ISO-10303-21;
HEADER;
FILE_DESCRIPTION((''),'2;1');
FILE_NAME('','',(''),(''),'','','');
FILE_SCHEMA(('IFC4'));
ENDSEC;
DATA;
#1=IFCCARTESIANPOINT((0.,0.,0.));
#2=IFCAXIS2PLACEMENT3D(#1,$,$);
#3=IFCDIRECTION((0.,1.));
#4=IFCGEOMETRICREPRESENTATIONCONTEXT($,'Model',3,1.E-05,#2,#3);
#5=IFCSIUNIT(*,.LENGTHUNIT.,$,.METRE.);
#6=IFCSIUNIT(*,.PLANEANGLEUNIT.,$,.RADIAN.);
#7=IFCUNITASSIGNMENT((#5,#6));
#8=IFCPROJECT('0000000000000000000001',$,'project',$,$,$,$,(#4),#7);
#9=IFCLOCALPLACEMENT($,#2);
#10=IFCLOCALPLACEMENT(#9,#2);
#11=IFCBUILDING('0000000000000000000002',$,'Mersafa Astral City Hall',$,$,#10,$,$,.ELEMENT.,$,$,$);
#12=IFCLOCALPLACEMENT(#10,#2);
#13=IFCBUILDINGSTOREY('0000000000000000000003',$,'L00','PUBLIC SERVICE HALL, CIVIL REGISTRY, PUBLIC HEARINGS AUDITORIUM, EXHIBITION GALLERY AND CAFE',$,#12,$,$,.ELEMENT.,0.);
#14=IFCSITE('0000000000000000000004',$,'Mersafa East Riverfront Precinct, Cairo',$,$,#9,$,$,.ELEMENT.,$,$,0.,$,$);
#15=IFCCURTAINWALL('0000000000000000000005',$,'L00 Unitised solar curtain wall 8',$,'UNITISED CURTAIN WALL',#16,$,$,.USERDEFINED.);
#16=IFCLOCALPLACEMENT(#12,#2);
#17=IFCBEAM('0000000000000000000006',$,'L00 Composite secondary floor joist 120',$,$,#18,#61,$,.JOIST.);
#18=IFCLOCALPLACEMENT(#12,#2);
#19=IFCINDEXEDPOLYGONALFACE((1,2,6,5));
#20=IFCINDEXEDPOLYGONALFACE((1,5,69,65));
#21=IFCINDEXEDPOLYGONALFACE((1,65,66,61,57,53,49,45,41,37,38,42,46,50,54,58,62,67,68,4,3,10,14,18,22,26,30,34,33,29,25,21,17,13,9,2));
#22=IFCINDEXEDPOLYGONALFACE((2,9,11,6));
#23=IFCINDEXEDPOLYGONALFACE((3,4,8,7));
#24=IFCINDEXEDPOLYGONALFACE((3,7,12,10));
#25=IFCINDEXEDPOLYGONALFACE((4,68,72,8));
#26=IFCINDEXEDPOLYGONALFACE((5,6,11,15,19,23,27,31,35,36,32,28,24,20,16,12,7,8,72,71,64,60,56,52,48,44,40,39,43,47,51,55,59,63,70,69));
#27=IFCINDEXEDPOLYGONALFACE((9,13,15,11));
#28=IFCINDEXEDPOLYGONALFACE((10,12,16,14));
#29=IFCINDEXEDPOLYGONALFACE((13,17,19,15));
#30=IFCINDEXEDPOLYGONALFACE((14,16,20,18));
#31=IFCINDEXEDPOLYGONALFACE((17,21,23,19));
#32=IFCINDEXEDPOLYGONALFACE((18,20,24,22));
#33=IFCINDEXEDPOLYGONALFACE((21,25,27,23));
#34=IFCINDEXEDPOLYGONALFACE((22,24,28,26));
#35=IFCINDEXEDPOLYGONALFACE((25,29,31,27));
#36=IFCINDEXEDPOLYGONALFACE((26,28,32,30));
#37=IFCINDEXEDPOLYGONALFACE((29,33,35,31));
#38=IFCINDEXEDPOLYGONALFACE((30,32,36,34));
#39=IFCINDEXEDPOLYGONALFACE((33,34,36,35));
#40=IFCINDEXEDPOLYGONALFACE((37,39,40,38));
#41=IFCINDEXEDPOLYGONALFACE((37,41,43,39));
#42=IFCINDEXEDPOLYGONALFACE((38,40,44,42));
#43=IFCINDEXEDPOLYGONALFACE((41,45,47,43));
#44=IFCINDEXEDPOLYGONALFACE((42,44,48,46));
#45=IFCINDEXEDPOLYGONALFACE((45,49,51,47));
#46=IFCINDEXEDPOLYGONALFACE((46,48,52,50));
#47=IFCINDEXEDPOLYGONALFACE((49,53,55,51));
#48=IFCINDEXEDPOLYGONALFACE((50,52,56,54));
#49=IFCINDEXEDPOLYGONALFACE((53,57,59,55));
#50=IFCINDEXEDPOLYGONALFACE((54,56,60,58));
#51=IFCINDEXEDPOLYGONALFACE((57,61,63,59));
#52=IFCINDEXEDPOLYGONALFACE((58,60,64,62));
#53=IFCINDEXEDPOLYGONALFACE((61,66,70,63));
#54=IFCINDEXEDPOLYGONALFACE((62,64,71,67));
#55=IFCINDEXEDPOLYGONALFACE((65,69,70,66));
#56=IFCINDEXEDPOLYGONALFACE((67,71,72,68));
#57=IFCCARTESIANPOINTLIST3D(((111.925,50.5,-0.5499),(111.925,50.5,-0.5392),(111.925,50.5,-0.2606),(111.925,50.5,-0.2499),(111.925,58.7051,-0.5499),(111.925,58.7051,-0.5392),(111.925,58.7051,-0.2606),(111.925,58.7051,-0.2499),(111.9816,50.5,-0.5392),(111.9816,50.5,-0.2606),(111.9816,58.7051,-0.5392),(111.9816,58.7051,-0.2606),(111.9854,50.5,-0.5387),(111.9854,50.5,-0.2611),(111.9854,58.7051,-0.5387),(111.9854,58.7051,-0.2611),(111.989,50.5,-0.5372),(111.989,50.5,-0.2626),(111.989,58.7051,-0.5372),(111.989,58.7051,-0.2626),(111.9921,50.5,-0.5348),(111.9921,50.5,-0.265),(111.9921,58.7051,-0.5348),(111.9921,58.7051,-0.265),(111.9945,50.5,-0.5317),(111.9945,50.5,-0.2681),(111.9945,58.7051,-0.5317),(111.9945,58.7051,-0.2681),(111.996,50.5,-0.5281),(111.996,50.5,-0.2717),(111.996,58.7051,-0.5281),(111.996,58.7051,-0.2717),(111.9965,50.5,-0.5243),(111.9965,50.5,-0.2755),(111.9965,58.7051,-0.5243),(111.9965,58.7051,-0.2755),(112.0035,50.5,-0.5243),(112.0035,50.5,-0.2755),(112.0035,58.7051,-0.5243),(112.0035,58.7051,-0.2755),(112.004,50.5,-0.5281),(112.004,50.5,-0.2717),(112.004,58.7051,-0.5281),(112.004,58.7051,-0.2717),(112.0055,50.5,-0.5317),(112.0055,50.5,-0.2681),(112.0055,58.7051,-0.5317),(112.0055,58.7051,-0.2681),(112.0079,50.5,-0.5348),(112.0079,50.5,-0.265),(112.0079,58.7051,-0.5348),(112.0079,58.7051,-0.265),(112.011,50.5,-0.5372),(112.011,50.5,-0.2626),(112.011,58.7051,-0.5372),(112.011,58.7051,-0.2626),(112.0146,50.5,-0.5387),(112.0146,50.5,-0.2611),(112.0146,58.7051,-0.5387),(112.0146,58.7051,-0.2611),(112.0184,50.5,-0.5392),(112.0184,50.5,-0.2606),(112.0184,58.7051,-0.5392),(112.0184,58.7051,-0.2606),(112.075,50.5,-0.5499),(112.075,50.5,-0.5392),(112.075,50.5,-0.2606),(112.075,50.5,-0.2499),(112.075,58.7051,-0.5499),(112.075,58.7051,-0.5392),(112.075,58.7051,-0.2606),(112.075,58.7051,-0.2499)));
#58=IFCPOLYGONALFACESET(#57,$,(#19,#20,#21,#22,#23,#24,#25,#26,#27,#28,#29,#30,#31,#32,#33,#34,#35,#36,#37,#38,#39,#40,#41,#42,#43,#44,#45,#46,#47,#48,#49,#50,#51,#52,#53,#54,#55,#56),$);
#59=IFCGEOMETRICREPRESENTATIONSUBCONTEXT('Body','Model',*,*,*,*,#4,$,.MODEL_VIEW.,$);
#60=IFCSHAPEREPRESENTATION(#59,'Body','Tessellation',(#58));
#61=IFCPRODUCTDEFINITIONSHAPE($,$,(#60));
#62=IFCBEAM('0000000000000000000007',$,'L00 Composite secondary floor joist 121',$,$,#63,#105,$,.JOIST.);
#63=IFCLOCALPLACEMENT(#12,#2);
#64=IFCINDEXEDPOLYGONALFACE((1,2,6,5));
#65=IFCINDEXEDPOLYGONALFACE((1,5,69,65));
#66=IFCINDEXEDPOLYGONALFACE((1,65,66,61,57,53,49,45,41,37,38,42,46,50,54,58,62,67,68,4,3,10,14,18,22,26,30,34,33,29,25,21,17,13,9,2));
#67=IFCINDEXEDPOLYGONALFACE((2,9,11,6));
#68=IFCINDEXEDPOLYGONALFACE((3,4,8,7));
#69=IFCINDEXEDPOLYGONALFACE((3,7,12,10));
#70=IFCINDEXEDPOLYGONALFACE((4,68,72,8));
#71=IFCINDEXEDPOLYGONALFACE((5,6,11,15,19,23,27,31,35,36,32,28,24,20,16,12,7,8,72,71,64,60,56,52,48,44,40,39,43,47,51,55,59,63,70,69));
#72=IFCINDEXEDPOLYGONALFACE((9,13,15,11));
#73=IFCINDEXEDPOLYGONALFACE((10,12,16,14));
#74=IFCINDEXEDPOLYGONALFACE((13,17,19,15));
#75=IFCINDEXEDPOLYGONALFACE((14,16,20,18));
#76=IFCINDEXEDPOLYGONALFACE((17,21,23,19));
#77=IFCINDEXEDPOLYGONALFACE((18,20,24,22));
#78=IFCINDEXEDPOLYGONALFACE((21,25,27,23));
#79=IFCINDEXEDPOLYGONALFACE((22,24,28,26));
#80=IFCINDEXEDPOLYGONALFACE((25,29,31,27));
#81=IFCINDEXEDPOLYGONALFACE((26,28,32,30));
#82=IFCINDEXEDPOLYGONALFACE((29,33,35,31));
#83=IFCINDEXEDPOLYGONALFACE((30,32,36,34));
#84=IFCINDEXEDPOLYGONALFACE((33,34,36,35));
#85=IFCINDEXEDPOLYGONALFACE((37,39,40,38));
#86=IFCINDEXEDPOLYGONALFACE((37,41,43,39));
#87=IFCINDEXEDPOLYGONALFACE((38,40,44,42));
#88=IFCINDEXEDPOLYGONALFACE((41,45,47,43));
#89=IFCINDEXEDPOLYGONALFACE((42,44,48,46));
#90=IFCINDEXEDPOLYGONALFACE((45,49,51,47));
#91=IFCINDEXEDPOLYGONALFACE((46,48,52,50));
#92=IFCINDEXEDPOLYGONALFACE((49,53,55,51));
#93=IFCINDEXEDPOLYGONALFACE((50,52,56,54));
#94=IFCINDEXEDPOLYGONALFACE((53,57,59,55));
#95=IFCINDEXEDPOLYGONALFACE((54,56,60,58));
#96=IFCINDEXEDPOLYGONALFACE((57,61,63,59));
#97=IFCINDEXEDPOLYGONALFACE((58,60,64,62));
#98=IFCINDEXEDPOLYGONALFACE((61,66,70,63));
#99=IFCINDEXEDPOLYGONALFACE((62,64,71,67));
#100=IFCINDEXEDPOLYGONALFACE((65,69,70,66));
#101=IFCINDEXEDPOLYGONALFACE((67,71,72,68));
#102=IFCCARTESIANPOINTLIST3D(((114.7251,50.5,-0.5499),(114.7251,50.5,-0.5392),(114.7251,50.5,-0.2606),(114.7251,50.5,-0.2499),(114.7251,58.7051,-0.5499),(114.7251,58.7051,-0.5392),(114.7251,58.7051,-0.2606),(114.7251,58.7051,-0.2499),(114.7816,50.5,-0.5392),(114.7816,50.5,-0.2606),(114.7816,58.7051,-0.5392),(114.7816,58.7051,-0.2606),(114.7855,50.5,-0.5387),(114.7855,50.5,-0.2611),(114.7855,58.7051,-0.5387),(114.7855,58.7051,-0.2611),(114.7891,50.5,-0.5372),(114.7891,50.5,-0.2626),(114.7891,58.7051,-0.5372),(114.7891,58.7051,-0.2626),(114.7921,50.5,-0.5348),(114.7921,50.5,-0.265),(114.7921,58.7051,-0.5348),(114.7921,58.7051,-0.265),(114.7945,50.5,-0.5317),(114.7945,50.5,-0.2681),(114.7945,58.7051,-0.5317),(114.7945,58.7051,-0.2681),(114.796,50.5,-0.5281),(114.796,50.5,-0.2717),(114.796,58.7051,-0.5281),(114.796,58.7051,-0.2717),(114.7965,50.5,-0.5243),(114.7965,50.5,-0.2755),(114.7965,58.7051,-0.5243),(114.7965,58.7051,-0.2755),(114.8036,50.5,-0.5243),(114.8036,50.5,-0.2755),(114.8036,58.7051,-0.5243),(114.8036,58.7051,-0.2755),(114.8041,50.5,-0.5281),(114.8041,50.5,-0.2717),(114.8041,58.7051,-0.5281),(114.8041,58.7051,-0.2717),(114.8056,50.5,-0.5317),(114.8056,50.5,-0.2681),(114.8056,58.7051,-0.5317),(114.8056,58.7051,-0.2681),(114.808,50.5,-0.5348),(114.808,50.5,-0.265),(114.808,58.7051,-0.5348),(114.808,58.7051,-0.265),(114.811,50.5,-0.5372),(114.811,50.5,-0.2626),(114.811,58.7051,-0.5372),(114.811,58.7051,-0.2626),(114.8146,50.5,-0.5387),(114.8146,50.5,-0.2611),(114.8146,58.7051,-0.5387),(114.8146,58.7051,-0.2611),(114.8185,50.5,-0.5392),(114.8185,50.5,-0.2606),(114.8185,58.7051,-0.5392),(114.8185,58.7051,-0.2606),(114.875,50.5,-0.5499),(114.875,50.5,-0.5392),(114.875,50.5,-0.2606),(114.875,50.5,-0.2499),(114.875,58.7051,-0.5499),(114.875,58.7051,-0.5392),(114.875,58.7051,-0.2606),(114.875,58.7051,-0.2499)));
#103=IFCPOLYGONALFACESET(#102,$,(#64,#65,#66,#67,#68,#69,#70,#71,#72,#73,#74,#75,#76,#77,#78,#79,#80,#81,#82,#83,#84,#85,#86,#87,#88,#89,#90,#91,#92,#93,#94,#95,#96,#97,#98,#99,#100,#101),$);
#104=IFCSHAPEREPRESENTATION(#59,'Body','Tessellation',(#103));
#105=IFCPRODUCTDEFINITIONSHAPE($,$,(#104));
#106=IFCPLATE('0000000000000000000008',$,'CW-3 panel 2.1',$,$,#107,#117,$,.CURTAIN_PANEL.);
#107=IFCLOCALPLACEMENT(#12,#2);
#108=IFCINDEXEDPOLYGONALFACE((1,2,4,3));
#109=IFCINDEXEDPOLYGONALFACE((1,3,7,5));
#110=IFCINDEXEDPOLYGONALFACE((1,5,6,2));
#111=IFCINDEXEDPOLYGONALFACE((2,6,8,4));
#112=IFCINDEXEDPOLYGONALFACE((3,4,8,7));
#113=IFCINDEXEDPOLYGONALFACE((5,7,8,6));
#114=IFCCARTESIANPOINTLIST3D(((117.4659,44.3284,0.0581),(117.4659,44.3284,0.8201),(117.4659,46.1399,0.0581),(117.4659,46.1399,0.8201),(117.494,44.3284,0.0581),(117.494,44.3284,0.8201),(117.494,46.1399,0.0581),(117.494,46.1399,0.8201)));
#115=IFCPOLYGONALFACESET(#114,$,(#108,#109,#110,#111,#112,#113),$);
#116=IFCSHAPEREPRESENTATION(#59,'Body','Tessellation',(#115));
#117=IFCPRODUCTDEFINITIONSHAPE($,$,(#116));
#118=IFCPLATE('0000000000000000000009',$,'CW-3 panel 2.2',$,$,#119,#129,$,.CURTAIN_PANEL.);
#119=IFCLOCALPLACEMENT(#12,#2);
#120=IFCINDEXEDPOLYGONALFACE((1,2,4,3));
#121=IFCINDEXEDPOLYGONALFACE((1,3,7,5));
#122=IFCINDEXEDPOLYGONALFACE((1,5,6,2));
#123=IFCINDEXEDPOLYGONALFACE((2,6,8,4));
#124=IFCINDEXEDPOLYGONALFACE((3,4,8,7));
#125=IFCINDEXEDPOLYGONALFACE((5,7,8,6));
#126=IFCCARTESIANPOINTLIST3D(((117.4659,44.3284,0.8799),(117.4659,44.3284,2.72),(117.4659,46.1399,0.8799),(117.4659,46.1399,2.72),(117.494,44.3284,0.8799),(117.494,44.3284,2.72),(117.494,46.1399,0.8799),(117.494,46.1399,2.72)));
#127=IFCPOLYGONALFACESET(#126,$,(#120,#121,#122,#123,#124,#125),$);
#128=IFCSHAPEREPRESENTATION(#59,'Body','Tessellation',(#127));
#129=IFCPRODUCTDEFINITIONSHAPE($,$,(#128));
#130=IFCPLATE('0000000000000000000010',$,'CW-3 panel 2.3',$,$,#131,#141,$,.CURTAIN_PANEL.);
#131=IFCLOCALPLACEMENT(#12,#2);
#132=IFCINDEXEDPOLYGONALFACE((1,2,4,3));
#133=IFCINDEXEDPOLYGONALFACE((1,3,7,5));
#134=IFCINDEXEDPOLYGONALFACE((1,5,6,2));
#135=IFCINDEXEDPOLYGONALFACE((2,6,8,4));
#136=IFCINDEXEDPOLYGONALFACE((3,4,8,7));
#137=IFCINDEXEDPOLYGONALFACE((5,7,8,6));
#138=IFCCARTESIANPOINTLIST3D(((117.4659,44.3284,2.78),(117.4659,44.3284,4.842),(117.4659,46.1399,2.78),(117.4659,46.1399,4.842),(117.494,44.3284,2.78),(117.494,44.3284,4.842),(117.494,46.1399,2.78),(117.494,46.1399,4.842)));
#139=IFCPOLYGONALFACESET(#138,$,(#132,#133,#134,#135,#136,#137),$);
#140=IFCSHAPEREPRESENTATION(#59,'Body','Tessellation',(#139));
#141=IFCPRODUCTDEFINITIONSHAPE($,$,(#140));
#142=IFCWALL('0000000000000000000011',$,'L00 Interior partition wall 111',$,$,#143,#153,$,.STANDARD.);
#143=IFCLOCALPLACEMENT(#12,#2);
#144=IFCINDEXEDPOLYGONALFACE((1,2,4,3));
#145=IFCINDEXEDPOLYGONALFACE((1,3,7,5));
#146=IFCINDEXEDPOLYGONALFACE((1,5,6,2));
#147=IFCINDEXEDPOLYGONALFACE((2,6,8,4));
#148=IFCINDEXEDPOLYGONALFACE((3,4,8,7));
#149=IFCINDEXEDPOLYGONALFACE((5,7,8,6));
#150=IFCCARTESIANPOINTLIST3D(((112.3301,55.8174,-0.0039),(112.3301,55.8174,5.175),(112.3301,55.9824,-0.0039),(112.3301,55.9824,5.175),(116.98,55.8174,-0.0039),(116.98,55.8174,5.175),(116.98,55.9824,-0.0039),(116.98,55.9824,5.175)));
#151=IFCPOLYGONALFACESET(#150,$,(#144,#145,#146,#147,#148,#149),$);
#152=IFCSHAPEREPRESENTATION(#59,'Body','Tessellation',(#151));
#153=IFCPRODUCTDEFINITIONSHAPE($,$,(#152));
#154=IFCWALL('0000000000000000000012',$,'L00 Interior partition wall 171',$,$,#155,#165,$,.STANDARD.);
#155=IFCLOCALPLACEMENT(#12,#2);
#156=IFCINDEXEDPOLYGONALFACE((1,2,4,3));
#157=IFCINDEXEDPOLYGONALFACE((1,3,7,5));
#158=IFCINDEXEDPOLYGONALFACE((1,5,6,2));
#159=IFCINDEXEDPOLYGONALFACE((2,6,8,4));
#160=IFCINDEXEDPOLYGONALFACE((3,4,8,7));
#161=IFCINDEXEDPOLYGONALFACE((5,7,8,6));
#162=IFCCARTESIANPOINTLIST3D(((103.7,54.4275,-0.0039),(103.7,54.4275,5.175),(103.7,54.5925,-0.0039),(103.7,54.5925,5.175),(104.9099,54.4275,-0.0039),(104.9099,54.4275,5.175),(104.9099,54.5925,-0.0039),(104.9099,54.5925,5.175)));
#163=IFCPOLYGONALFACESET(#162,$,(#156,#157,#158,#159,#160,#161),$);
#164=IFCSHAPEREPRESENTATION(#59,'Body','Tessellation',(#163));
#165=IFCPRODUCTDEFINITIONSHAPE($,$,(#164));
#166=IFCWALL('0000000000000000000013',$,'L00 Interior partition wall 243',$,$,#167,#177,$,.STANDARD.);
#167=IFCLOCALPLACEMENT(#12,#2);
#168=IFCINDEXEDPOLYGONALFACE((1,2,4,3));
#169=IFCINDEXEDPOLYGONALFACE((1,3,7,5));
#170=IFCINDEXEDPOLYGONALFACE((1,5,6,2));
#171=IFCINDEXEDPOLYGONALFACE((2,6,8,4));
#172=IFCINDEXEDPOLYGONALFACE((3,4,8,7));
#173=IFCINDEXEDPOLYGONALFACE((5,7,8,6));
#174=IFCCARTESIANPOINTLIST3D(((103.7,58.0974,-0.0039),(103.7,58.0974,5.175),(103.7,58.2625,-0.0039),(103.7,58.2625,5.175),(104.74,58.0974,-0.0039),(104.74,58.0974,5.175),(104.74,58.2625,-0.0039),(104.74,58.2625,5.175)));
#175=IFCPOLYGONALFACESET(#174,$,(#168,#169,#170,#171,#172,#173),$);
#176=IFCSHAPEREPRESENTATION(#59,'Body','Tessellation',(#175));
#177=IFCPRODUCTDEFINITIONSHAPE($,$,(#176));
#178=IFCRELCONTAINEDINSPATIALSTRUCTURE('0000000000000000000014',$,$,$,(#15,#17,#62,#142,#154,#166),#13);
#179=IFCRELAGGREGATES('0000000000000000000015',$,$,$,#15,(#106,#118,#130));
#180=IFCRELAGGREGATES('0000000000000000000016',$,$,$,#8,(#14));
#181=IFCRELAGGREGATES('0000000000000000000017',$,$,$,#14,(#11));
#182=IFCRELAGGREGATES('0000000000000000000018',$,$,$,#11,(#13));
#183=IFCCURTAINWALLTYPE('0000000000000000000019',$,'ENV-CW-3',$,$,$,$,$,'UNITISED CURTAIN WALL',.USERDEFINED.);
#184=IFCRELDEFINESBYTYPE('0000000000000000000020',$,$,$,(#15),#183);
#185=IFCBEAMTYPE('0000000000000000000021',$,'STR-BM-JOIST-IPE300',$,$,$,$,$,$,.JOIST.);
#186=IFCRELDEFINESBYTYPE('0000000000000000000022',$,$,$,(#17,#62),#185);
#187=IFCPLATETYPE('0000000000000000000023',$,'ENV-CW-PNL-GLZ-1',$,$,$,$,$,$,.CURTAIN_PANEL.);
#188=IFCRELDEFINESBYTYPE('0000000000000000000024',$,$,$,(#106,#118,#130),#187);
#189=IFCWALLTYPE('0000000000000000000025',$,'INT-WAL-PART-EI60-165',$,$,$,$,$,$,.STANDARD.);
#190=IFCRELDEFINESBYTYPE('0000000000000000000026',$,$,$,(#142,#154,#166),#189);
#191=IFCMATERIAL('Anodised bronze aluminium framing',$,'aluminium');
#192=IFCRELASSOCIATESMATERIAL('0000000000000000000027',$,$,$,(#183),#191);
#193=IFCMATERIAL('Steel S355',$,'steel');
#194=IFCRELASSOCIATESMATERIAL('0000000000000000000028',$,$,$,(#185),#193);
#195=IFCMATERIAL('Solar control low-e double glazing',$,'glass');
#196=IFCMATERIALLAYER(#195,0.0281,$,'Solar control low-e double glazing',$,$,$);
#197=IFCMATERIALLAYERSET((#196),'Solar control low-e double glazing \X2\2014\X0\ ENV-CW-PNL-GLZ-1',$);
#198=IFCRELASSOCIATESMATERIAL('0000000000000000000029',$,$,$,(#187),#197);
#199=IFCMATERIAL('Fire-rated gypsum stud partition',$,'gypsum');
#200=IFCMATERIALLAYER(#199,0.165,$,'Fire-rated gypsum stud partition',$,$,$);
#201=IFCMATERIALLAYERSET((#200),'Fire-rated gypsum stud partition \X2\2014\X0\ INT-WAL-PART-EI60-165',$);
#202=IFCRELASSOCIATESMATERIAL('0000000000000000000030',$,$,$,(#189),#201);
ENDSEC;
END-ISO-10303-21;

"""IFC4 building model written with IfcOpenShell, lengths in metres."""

from ifc_helpers import new_model, si_unit, direction, frame, frame_2d, origin, origin_2d, place, context, subcontext, project, spatial, rectangle, i_section, extrude, material, layer, layer_set, material_profile, profile_set, type_object, element, aggregate, save


model = new_model("IFC4")

# Units and contexts
model_context = context("Model", 3, precision=1e-05, world=origin(), true_north=direction((0.0, 1.0)))
body_context = subcontext(model_context, "Body", "Model", "MODEL_VIEW")
ifc_project = project(units=[si_unit("LENGTHUNIT", "METRE"), si_unit("PLANEANGLEUNIT", "RADIAN")], contexts=[model_context])

# Site, building, storey
site_placement = place(None, origin())
site = spatial("IfcSite", under=ifc_project, at=site_placement, Name="Mersafa East Riverfront Precinct, Cairo", CompositionType="ELEMENT", RefElevation=0.0)
building_placement = place(site_placement, origin())
building = spatial("IfcBuilding", under=site, at=building_placement, Name="Mersafa Astral City Hall", CompositionType="ELEMENT")
storey_placement = place(building_placement, origin())
storey = spatial("IfcBuildingStorey", under=building, at=storey_placement, Name="L00", Description="PUBLIC SERVICE HALL, CIVIL REGISTRY, PUBLIC HEARINGS AUDITORIUM, EXHIBITION GALLERY AND CAFE", CompositionType="ELEMENT", Elevation=0.0)

# Curtain wall
ifc_material_1 = material(Name="Anodised bronze aluminium framing", Category="aluminium")
curtain_wall_type = type_object("IfcCurtainWallType", Name="ENV-CW-3", ElementType="UNITISED CURTAIN WALL", PredefinedType="USERDEFINED", material=ifc_material_1)
curtain_wall_placement = place(storey_placement, origin())
curtain_wall = element("IfcCurtainWall", 1, at=curtain_wall_placement, inside=storey, type_object=curtain_wall_type, Name="L00 Unitised solar curtain wall 8", ObjectType="UNITISED CURTAIN WALL", PredefinedType="USERDEFINED")

# Beams
ifc_material_2 = material(Name="Steel S355", Category="steel")
ifc_material_profile_1 = material_profile(ifc_material_2, i_section(OverallWidth=0.1499, OverallDepth=0.3, WebThickness=0.0071, FlangeThickness=0.0107, FilletRadius=0.0149, at=origin_2d()), Name="IPE 300")
ifc_profile_set_1 = profile_set([ifc_material_profile_1], Name="Steel S355")
beam_type_1 = type_object("IfcBeamType", Name="STR-BM-JOIST-IPE300", PredefinedType="JOIST", material=ifc_profile_set_1)
for number, where, z_axis, x_axis, name in (
    (2, (112.0, 50.5, -0.3999), (0.0, 1.0, 0.0), (-1.0, 0.0, 0.0), "L00 Composite secondary floor joist 120"),
    (3, (114.8, 50.5, -0.3999), (0.0, 1.0, 0.0), (-1.0, 0.0, 0.0), "L00 Composite secondary floor joist 121"),
):
    element("IfcBeam", number, at=place(storey_placement, frame(where, z_axis=z_axis, x_axis=x_axis)), inside=storey, type_object=beam_type_1, Name=name, PredefinedType="JOIST", context=body_context, shape_type="SweptSolid", body=[
        extrude(i_section(OverallWidth=0.1499, OverallDepth=0.3, WebThickness=0.0071, FlangeThickness=0.0107, FilletRadius=0.0149, at=origin_2d()), origin(), (0.0, 0.0, 1.0), 8.2051),
    ])

# Plates
ifc_material_3 = material(Name="Solar control low-e double glazing", Category="glass")
ifc_layer_1 = layer(ifc_material_3, 0.0281, Name="Solar control low-e double glazing")
ifc_layer_set_1 = layer_set([ifc_layer_1], Name="Solar control low-e double glazing — ENV-CW-PNL-GLZ-1")
plate_type = type_object("IfcPlateType", Name="ENV-CW-PNL-GLZ-1", PredefinedType="CURTAIN_PANEL", material=ifc_layer_set_1)
plate_1_placement = place(storey_placement, frame((117.48, 45.2341, 0.0581), z_axis=(0.0, 0.0, 1.0), x_axis=(0.0, 1.0, 0.0)))
plate_1 = element("IfcPlate", 4, at=plate_1_placement, type_object=plate_type, Name="CW-3 panel 2.1", PredefinedType="CURTAIN_PANEL", context=body_context, shape_type="SweptSolid", body=[
    extrude(rectangle(XDim=1.8115, YDim=0.0281, at=origin_2d()), origin(), (0.0, 0.0, 1.0), 0.762),
])
plate_2_placement = place(storey_placement, frame((117.48, 45.2341, 0.8799), z_axis=(0.0, 0.0, 1.0), x_axis=(0.0, 1.0, 0.0)))
plate_2 = element("IfcPlate", 5, at=plate_2_placement, type_object=plate_type, Name="CW-3 panel 2.2", PredefinedType="CURTAIN_PANEL", context=body_context, shape_type="SweptSolid", body=[
    extrude(rectangle(XDim=1.8115, YDim=0.0281, at=origin_2d()), origin(), (0.0, 0.0, 1.0), 1.8401),
])
plate_3_placement = place(storey_placement, frame((117.48, 45.2341, 2.78), z_axis=(0.0, 0.0, 1.0), x_axis=(0.0, 1.0, 0.0)))
plate_3 = element("IfcPlate", 6, at=plate_3_placement, type_object=plate_type, Name="CW-3 panel 2.3", PredefinedType="CURTAIN_PANEL", context=body_context, shape_type="SweptSolid", body=[
    extrude(rectangle(XDim=1.8115, YDim=0.0281, at=origin_2d()), origin(), (0.0, 0.0, 1.0), 2.062),
])
aggregate(curtain_wall, [plate_1, plate_2, plate_3])

# Walls
ifc_material_4 = material(Name="Fire-rated gypsum stud partition", Category="gypsum")
ifc_layer_2 = layer(ifc_material_4, 0.165, Name="Fire-rated gypsum stud partition")
ifc_layer_set_2 = layer_set([ifc_layer_2], Name="Fire-rated gypsum stud partition — INT-WAL-PART-EI60-165")
wall_type_1 = type_object("IfcWallType", Name="INT-WAL-PART-EI60-165", PredefinedType="STANDARD", material=ifc_layer_set_2)
wall_1_placement = place(storey_placement, frame((112.3301, 55.8999, -0.0039), z_axis=(0.0, 0.0, 1.0), x_axis=(1.0, 0.0, 0.0)))
element("IfcWall", 7, at=wall_1_placement, inside=storey, type_object=wall_type_1, Name="L00 Interior partition wall 111", PredefinedType="STANDARD", context=body_context, shape_type="SweptSolid", body=[
    extrude(rectangle(XDim=4.6499, YDim=0.165, at=frame_2d((2.325, 0.0))), origin(), (0.0, 0.0, 1.0), 5.179),
])
wall_2_placement = place(storey_placement, frame((103.7, 54.51, -0.0039), z_axis=(0.0, 0.0, 1.0), x_axis=(1.0, 0.0, 0.0)))
element("IfcWall", 8, at=wall_2_placement, inside=storey, type_object=wall_type_1, Name="L00 Interior partition wall 171", PredefinedType="STANDARD", context=body_context, shape_type="SweptSolid", body=[
    extrude(rectangle(XDim=1.21, YDim=0.165, at=frame_2d((0.605, 0.0))), origin(), (0.0, 0.0, 1.0), 5.179),
])
wall_3_placement = place(storey_placement, frame((104.74, 58.1799, -0.0039), z_axis=(0.0, 0.0, 1.0), x_axis=(-1.0, 0.0, 0.0)))
element("IfcWall", 9, at=wall_3_placement, inside=storey, type_object=wall_type_1, Name="L00 Interior partition wall 243", PredefinedType="STANDARD", context=body_context, shape_type="SweptSolid", body=[
    extrude(rectangle(XDim=1.04, YDim=0.165, at=frame_2d((0.52, 0.0))), origin(), (0.0, 0.0, 1.0), 5.179),
])

save(model, "model.ifc")
